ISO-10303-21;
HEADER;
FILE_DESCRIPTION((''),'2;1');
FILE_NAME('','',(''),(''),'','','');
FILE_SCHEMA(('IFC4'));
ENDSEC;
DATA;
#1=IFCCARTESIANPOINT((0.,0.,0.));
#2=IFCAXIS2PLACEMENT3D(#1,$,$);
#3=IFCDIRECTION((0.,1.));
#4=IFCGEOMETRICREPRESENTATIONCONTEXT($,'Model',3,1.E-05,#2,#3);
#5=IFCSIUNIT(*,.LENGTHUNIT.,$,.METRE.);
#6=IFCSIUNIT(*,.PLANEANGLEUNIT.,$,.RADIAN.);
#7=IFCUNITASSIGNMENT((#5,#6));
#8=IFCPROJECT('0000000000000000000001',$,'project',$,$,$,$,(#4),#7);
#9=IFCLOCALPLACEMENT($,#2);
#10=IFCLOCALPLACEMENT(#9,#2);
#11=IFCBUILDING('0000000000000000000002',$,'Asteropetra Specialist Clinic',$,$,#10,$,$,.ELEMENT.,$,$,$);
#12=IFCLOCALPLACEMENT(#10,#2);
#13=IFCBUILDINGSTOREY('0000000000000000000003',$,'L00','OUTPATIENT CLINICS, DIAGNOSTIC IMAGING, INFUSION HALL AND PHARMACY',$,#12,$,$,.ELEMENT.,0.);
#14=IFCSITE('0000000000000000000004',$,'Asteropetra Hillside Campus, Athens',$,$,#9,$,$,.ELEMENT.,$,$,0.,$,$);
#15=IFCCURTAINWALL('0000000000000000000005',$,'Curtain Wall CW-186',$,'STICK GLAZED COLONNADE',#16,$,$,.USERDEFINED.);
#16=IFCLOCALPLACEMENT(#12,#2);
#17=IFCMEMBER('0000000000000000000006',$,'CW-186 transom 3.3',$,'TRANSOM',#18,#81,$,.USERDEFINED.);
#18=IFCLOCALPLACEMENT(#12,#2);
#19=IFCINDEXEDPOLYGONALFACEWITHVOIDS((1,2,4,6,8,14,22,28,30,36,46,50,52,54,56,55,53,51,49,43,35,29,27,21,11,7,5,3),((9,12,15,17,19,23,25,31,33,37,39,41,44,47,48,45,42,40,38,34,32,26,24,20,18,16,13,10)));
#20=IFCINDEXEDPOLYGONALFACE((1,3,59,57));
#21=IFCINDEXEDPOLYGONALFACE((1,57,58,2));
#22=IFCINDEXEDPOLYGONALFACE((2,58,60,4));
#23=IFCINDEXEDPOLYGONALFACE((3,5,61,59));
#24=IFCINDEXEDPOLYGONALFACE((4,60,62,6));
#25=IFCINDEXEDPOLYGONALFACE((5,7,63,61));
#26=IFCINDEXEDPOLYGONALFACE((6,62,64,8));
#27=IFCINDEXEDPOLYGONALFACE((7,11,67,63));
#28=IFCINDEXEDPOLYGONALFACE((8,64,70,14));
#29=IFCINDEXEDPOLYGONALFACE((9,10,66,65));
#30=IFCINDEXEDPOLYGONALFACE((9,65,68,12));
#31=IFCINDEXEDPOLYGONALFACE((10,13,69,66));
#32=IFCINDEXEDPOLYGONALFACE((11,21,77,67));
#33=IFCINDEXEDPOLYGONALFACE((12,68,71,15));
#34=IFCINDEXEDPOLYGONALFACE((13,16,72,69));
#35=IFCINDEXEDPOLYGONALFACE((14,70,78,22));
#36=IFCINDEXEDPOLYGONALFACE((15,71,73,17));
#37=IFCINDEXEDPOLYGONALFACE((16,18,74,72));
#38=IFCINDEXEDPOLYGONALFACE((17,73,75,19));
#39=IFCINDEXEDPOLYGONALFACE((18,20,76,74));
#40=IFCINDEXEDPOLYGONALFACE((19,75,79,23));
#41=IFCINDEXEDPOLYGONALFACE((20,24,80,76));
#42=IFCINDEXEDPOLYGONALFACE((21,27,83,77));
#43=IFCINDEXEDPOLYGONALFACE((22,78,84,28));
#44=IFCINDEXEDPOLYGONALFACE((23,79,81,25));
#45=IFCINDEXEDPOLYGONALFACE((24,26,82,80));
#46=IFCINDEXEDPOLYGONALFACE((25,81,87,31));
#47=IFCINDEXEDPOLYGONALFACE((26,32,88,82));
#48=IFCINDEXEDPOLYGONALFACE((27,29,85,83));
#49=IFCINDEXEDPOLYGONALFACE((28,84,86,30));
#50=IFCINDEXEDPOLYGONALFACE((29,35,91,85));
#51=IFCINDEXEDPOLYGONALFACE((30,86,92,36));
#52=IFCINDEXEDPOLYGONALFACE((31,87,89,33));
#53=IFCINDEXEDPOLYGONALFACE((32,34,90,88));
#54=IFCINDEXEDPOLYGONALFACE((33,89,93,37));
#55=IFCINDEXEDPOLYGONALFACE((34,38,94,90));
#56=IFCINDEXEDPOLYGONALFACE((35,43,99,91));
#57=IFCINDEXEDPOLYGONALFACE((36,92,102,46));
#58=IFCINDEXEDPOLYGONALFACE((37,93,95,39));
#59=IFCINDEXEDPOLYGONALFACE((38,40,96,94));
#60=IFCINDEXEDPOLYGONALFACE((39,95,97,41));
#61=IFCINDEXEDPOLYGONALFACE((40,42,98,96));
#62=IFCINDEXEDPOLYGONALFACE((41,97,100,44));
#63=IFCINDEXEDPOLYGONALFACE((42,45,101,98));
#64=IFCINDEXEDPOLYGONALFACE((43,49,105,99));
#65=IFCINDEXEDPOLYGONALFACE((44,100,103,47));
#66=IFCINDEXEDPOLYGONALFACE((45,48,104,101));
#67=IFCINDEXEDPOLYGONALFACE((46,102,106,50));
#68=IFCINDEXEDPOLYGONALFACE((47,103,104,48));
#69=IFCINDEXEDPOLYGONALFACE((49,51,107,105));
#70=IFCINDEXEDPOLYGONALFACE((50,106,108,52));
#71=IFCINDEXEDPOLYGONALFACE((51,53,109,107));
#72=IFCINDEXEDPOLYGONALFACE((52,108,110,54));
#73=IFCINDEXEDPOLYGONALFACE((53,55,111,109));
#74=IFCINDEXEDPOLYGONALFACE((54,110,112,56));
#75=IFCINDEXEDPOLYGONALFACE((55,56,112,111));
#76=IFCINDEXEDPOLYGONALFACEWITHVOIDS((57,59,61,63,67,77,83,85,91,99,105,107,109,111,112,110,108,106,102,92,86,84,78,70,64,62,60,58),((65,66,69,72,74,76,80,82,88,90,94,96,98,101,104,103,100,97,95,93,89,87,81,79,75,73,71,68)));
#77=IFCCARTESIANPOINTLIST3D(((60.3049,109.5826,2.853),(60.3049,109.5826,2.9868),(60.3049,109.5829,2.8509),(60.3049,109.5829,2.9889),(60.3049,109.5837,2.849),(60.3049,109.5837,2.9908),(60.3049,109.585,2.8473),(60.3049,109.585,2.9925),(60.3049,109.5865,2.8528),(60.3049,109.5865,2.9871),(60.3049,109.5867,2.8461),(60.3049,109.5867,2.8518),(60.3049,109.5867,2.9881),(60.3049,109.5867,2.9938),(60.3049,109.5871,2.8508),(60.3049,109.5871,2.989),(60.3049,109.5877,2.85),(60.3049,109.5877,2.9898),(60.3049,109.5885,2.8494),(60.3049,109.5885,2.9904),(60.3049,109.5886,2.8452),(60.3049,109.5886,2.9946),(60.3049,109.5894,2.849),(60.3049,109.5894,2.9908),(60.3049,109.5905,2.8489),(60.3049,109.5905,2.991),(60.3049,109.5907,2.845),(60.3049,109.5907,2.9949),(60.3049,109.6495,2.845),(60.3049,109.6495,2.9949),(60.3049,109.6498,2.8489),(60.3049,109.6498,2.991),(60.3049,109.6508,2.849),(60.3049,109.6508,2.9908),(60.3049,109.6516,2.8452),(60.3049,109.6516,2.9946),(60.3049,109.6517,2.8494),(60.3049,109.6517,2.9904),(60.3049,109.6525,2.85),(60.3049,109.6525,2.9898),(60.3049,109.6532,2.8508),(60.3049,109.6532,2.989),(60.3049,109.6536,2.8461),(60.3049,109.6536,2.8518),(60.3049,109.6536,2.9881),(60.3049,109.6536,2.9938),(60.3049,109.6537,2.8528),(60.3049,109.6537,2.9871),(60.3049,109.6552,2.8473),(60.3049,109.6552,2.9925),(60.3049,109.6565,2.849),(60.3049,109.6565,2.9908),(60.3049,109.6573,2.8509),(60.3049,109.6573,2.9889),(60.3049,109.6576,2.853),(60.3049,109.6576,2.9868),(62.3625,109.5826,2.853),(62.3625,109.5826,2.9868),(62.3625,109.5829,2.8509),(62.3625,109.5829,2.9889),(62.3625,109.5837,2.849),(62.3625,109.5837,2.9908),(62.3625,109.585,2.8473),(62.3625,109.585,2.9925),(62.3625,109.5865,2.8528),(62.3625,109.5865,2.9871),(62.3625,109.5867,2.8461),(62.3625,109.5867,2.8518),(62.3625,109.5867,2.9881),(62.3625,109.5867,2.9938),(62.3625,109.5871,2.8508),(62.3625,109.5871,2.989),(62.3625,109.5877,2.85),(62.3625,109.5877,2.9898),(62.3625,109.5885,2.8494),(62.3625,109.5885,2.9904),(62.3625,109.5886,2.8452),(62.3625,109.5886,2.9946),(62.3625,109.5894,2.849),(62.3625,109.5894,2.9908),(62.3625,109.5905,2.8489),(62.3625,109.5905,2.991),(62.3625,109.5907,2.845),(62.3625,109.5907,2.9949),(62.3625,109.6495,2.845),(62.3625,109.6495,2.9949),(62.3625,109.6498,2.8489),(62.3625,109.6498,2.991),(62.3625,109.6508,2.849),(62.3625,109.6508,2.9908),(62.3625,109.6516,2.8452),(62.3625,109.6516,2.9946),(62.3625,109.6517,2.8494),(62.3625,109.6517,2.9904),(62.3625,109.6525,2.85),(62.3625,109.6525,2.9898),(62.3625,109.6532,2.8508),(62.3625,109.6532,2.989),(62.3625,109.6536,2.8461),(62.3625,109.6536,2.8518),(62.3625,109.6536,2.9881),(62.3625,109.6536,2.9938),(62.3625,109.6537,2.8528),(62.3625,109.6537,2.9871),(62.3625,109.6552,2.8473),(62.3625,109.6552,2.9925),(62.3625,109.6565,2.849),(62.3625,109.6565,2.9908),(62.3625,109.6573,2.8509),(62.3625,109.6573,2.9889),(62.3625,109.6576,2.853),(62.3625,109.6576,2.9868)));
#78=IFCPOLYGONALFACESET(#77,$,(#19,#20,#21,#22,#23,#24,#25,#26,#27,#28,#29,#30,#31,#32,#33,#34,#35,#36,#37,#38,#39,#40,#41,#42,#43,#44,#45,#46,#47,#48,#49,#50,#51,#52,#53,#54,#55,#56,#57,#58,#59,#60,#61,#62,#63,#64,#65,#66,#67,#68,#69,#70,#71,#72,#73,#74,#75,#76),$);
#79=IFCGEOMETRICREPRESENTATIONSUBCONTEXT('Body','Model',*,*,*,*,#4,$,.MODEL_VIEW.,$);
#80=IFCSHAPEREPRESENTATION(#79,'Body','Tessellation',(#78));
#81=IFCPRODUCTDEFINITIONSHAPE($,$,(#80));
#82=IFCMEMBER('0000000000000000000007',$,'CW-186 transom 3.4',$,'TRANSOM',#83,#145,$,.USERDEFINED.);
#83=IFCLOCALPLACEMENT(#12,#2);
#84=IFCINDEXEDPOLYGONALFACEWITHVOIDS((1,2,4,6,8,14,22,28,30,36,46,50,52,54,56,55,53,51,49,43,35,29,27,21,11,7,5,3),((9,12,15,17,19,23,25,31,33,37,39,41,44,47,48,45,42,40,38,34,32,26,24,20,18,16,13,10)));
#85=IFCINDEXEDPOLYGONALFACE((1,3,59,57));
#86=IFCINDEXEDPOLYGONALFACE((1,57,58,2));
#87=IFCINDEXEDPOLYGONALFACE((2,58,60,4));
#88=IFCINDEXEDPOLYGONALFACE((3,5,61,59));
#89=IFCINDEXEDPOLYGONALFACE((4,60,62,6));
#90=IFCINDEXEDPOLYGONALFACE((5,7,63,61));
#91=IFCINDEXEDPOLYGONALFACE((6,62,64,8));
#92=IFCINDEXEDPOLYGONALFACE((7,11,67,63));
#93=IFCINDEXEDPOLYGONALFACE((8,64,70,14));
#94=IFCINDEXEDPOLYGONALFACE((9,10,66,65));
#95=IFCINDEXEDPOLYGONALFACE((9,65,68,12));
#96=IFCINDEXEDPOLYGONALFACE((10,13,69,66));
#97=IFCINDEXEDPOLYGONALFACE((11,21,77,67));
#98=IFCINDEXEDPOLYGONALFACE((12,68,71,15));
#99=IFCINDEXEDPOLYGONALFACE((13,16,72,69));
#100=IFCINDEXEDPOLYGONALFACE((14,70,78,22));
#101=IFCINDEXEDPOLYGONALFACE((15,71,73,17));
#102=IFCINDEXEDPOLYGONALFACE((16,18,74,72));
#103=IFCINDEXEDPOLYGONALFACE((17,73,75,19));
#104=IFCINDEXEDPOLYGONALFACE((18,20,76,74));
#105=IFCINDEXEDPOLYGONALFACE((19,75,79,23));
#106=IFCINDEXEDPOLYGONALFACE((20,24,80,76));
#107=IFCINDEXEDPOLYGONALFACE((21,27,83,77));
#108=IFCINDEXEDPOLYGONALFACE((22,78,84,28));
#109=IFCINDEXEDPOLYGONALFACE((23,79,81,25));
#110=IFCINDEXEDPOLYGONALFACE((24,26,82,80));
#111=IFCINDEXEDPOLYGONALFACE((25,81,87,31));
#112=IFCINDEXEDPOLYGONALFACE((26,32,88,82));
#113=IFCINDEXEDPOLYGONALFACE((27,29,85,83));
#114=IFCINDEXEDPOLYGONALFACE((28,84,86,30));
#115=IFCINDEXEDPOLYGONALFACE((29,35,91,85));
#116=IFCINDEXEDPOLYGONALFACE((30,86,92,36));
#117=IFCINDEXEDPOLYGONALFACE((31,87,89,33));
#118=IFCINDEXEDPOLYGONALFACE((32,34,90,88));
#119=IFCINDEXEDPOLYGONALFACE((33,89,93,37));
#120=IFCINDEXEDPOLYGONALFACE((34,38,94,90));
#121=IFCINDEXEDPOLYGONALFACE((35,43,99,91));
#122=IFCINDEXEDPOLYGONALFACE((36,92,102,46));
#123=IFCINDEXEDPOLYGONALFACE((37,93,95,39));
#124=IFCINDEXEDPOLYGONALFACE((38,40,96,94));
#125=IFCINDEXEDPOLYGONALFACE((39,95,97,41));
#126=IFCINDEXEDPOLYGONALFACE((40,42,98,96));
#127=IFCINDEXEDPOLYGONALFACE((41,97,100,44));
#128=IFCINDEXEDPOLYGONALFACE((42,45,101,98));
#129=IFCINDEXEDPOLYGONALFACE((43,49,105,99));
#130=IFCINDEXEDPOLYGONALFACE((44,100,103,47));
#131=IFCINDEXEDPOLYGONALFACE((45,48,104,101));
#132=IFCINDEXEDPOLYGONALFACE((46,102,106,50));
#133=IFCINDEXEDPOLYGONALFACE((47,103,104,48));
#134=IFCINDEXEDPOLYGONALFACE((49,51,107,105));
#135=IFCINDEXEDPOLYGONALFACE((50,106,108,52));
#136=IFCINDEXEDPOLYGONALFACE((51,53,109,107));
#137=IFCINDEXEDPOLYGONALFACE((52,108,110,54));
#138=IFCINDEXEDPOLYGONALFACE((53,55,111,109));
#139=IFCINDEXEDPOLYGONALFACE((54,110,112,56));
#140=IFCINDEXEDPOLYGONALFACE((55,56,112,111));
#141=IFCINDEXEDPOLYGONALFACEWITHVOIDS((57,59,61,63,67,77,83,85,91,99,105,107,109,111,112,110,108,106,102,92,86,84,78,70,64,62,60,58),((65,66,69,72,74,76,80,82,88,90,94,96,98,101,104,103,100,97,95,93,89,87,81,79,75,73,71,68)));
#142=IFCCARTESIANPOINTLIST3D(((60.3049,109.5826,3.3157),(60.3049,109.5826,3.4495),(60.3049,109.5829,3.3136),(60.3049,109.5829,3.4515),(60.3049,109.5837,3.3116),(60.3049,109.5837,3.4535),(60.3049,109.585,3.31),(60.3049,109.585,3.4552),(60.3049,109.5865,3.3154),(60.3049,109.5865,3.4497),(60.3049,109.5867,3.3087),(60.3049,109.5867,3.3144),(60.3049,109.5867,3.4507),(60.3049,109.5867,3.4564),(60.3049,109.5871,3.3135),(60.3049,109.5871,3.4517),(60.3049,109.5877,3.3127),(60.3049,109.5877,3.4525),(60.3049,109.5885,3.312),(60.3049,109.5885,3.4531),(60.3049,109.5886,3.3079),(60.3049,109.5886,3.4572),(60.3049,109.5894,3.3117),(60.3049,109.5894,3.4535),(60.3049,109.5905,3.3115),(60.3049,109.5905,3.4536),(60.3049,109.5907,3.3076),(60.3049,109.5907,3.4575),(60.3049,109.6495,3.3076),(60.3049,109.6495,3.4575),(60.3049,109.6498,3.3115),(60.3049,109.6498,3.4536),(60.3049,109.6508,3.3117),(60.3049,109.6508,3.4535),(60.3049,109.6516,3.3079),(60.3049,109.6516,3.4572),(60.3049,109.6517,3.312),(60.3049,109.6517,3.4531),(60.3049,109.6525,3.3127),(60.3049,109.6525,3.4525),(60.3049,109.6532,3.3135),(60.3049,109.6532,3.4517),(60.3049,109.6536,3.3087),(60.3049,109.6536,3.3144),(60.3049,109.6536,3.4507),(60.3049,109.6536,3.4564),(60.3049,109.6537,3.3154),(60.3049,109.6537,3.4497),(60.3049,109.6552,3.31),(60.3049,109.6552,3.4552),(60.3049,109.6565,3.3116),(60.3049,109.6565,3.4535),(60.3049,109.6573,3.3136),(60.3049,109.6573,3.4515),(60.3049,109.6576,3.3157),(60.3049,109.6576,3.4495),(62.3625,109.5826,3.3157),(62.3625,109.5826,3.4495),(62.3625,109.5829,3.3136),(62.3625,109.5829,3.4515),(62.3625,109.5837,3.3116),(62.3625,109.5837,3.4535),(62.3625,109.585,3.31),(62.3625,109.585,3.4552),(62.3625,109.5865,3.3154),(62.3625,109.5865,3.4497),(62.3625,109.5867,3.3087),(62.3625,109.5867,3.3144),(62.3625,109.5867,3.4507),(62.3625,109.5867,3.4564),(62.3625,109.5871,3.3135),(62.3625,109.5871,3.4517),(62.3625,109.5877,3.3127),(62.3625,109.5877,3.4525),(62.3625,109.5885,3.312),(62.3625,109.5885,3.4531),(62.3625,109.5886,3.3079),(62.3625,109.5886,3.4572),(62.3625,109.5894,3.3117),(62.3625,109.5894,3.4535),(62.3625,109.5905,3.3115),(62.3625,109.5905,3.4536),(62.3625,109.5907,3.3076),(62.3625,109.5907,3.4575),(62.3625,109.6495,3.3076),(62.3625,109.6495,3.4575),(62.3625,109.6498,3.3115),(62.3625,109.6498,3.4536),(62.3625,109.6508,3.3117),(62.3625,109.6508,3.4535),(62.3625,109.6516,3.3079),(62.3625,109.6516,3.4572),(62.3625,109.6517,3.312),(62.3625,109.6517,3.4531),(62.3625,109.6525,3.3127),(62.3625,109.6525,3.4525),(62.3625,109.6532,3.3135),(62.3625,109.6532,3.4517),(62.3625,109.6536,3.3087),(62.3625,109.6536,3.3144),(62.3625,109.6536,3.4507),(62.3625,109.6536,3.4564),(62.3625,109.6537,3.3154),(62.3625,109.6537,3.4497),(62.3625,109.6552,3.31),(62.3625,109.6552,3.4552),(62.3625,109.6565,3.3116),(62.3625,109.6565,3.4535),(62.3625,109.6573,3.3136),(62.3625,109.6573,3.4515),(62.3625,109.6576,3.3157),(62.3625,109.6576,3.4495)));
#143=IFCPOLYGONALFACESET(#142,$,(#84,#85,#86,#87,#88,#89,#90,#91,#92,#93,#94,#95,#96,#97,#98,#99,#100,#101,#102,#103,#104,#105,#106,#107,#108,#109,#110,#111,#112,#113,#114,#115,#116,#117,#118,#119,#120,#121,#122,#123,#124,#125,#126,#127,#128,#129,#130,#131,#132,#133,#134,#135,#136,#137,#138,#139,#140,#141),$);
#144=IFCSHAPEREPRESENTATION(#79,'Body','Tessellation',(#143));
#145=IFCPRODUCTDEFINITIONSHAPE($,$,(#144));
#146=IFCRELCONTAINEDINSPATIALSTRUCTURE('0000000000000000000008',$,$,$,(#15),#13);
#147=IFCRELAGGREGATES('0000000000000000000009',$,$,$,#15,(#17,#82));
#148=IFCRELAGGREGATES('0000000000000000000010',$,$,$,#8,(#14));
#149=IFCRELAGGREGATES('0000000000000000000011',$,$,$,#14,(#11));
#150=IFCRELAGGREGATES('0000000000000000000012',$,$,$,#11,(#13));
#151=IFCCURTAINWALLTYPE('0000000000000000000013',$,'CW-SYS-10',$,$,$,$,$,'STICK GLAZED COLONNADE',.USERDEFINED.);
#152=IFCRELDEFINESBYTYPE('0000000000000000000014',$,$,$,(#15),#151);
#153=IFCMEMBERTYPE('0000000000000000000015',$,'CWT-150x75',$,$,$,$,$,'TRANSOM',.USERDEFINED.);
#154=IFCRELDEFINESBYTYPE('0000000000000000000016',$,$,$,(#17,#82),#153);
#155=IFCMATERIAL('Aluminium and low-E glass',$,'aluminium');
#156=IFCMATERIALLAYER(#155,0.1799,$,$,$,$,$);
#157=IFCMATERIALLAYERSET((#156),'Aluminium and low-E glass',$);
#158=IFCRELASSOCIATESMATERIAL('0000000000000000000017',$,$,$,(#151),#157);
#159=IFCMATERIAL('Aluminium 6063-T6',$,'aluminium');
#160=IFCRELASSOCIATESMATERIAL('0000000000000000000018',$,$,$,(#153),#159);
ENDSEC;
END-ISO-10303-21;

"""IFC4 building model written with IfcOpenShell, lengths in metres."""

from ifc_helpers import new_model, si_unit, direction, frame, origin, origin_2d, place, context, subcontext, project, spatial, hollow_rectangle, extrude, material, layer, layer_set, material_profile, profile_set, type_object, element, aggregate, save


model = new_model("IFC4")

# Units and contexts
model_context = context("Model", 3, precision=1e-05, world=origin(), true_north=direction((0.0, 1.0)))
body_context = subcontext(model_context, "Body", "Model", "MODEL_VIEW")
ifc_project = project(units=[si_unit("LENGTHUNIT", "METRE"), si_unit("PLANEANGLEUNIT", "RADIAN")], contexts=[model_context])

# Site, building, storey
site_placement = place(None, origin())
site = spatial("IfcSite", under=ifc_project, at=site_placement, Name="Asteropetra Hillside Campus, Athens", CompositionType="ELEMENT", RefElevation=0.0)
building_placement = place(site_placement, origin())
building = spatial("IfcBuilding", under=site, at=building_placement, Name="Asteropetra Specialist Clinic", CompositionType="ELEMENT")
storey_placement = place(building_placement, origin())
storey = spatial("IfcBuildingStorey", under=building, at=storey_placement, Name="L00", Description="OUTPATIENT CLINICS, DIAGNOSTIC IMAGING, INFUSION HALL AND PHARMACY", CompositionType="ELEMENT", Elevation=0.0)

# Curtain wall, members
ifc_material_1 = material(Name="Aluminium and low-E glass", Category="aluminium")
ifc_layer_1 = layer(ifc_material_1, 0.1799)
ifc_layer_set_1 = layer_set([ifc_layer_1], Name="Aluminium and low-E glass")
curtain_wall_type = type_object("IfcCurtainWallType", Name="CW-SYS-10", ElementType="STICK GLAZED COLONNADE", PredefinedType="USERDEFINED", material=ifc_layer_set_1)
curtain_wall_placement = place(storey_placement, origin())
curtain_wall = element("IfcCurtainWall", 1, at=curtain_wall_placement, inside=storey, type_object=curtain_wall_type, Name="Curtain Wall CW-186", ObjectType="STICK GLAZED COLONNADE", PredefinedType="USERDEFINED")
ifc_material_2 = material(Name="Aluminium 6063-T6", Category="aluminium")
ifc_material_profile_1 = material_profile(ifc_material_2, hollow_rectangle(XDim=0.075, YDim=0.1499, WallThickness=0.0039, InnerFilletRadius=0.0039, OuterFilletRadius=0.0081, at=origin_2d()), Name="TRN 150x75x4.0")
ifc_profile_set_1 = profile_set([ifc_material_profile_1], Name="Aluminium 6063-T6")
member_type_1 = type_object("IfcMemberType", Name="CWT-150x75", ElementType="TRANSOM", PredefinedType="USERDEFINED", material=ifc_profile_set_1)
member_1_placement = place(storey_placement, frame((62.3625, 109.6201, 2.9199), z_axis=(-1.0, 0.0, 0.0), x_axis=(0.0, -1.0, 0.0)))
member_1 = element("IfcMember", 2, at=member_1_placement, type_object=member_type_1, Name="CW-186 transom 3.3", ObjectType="TRANSOM", PredefinedType="USERDEFINED", context=body_context, shape_type="SweptSolid", body=[
    extrude(hollow_rectangle(XDim=0.075, YDim=0.1499, WallThickness=0.0039, InnerFilletRadius=0.0039, OuterFilletRadius=0.0081, at=origin_2d()), origin(), (0.0, 0.0, 1.0), 2.0576),
])
member_2_placement = place(storey_placement, frame((62.3625, 109.6201, 3.3826), z_axis=(-1.0, 0.0, 0.0), x_axis=(0.0, -1.0, 0.0)))
member_2 = element("IfcMember", 3, at=member_2_placement, type_object=member_type_1, Name="CW-186 transom 3.4", ObjectType="TRANSOM", PredefinedType="USERDEFINED", context=body_context, shape_type="SweptSolid", body=[
    extrude(hollow_rectangle(XDim=0.075, YDim=0.1499, WallThickness=0.0039, InnerFilletRadius=0.0039, OuterFilletRadius=0.0081, at=origin_2d()), origin(), (0.0, 0.0, 1.0), 2.0576),
])
aggregate(curtain_wall, [member_1, member_2])

save(model, "model.ifc")
